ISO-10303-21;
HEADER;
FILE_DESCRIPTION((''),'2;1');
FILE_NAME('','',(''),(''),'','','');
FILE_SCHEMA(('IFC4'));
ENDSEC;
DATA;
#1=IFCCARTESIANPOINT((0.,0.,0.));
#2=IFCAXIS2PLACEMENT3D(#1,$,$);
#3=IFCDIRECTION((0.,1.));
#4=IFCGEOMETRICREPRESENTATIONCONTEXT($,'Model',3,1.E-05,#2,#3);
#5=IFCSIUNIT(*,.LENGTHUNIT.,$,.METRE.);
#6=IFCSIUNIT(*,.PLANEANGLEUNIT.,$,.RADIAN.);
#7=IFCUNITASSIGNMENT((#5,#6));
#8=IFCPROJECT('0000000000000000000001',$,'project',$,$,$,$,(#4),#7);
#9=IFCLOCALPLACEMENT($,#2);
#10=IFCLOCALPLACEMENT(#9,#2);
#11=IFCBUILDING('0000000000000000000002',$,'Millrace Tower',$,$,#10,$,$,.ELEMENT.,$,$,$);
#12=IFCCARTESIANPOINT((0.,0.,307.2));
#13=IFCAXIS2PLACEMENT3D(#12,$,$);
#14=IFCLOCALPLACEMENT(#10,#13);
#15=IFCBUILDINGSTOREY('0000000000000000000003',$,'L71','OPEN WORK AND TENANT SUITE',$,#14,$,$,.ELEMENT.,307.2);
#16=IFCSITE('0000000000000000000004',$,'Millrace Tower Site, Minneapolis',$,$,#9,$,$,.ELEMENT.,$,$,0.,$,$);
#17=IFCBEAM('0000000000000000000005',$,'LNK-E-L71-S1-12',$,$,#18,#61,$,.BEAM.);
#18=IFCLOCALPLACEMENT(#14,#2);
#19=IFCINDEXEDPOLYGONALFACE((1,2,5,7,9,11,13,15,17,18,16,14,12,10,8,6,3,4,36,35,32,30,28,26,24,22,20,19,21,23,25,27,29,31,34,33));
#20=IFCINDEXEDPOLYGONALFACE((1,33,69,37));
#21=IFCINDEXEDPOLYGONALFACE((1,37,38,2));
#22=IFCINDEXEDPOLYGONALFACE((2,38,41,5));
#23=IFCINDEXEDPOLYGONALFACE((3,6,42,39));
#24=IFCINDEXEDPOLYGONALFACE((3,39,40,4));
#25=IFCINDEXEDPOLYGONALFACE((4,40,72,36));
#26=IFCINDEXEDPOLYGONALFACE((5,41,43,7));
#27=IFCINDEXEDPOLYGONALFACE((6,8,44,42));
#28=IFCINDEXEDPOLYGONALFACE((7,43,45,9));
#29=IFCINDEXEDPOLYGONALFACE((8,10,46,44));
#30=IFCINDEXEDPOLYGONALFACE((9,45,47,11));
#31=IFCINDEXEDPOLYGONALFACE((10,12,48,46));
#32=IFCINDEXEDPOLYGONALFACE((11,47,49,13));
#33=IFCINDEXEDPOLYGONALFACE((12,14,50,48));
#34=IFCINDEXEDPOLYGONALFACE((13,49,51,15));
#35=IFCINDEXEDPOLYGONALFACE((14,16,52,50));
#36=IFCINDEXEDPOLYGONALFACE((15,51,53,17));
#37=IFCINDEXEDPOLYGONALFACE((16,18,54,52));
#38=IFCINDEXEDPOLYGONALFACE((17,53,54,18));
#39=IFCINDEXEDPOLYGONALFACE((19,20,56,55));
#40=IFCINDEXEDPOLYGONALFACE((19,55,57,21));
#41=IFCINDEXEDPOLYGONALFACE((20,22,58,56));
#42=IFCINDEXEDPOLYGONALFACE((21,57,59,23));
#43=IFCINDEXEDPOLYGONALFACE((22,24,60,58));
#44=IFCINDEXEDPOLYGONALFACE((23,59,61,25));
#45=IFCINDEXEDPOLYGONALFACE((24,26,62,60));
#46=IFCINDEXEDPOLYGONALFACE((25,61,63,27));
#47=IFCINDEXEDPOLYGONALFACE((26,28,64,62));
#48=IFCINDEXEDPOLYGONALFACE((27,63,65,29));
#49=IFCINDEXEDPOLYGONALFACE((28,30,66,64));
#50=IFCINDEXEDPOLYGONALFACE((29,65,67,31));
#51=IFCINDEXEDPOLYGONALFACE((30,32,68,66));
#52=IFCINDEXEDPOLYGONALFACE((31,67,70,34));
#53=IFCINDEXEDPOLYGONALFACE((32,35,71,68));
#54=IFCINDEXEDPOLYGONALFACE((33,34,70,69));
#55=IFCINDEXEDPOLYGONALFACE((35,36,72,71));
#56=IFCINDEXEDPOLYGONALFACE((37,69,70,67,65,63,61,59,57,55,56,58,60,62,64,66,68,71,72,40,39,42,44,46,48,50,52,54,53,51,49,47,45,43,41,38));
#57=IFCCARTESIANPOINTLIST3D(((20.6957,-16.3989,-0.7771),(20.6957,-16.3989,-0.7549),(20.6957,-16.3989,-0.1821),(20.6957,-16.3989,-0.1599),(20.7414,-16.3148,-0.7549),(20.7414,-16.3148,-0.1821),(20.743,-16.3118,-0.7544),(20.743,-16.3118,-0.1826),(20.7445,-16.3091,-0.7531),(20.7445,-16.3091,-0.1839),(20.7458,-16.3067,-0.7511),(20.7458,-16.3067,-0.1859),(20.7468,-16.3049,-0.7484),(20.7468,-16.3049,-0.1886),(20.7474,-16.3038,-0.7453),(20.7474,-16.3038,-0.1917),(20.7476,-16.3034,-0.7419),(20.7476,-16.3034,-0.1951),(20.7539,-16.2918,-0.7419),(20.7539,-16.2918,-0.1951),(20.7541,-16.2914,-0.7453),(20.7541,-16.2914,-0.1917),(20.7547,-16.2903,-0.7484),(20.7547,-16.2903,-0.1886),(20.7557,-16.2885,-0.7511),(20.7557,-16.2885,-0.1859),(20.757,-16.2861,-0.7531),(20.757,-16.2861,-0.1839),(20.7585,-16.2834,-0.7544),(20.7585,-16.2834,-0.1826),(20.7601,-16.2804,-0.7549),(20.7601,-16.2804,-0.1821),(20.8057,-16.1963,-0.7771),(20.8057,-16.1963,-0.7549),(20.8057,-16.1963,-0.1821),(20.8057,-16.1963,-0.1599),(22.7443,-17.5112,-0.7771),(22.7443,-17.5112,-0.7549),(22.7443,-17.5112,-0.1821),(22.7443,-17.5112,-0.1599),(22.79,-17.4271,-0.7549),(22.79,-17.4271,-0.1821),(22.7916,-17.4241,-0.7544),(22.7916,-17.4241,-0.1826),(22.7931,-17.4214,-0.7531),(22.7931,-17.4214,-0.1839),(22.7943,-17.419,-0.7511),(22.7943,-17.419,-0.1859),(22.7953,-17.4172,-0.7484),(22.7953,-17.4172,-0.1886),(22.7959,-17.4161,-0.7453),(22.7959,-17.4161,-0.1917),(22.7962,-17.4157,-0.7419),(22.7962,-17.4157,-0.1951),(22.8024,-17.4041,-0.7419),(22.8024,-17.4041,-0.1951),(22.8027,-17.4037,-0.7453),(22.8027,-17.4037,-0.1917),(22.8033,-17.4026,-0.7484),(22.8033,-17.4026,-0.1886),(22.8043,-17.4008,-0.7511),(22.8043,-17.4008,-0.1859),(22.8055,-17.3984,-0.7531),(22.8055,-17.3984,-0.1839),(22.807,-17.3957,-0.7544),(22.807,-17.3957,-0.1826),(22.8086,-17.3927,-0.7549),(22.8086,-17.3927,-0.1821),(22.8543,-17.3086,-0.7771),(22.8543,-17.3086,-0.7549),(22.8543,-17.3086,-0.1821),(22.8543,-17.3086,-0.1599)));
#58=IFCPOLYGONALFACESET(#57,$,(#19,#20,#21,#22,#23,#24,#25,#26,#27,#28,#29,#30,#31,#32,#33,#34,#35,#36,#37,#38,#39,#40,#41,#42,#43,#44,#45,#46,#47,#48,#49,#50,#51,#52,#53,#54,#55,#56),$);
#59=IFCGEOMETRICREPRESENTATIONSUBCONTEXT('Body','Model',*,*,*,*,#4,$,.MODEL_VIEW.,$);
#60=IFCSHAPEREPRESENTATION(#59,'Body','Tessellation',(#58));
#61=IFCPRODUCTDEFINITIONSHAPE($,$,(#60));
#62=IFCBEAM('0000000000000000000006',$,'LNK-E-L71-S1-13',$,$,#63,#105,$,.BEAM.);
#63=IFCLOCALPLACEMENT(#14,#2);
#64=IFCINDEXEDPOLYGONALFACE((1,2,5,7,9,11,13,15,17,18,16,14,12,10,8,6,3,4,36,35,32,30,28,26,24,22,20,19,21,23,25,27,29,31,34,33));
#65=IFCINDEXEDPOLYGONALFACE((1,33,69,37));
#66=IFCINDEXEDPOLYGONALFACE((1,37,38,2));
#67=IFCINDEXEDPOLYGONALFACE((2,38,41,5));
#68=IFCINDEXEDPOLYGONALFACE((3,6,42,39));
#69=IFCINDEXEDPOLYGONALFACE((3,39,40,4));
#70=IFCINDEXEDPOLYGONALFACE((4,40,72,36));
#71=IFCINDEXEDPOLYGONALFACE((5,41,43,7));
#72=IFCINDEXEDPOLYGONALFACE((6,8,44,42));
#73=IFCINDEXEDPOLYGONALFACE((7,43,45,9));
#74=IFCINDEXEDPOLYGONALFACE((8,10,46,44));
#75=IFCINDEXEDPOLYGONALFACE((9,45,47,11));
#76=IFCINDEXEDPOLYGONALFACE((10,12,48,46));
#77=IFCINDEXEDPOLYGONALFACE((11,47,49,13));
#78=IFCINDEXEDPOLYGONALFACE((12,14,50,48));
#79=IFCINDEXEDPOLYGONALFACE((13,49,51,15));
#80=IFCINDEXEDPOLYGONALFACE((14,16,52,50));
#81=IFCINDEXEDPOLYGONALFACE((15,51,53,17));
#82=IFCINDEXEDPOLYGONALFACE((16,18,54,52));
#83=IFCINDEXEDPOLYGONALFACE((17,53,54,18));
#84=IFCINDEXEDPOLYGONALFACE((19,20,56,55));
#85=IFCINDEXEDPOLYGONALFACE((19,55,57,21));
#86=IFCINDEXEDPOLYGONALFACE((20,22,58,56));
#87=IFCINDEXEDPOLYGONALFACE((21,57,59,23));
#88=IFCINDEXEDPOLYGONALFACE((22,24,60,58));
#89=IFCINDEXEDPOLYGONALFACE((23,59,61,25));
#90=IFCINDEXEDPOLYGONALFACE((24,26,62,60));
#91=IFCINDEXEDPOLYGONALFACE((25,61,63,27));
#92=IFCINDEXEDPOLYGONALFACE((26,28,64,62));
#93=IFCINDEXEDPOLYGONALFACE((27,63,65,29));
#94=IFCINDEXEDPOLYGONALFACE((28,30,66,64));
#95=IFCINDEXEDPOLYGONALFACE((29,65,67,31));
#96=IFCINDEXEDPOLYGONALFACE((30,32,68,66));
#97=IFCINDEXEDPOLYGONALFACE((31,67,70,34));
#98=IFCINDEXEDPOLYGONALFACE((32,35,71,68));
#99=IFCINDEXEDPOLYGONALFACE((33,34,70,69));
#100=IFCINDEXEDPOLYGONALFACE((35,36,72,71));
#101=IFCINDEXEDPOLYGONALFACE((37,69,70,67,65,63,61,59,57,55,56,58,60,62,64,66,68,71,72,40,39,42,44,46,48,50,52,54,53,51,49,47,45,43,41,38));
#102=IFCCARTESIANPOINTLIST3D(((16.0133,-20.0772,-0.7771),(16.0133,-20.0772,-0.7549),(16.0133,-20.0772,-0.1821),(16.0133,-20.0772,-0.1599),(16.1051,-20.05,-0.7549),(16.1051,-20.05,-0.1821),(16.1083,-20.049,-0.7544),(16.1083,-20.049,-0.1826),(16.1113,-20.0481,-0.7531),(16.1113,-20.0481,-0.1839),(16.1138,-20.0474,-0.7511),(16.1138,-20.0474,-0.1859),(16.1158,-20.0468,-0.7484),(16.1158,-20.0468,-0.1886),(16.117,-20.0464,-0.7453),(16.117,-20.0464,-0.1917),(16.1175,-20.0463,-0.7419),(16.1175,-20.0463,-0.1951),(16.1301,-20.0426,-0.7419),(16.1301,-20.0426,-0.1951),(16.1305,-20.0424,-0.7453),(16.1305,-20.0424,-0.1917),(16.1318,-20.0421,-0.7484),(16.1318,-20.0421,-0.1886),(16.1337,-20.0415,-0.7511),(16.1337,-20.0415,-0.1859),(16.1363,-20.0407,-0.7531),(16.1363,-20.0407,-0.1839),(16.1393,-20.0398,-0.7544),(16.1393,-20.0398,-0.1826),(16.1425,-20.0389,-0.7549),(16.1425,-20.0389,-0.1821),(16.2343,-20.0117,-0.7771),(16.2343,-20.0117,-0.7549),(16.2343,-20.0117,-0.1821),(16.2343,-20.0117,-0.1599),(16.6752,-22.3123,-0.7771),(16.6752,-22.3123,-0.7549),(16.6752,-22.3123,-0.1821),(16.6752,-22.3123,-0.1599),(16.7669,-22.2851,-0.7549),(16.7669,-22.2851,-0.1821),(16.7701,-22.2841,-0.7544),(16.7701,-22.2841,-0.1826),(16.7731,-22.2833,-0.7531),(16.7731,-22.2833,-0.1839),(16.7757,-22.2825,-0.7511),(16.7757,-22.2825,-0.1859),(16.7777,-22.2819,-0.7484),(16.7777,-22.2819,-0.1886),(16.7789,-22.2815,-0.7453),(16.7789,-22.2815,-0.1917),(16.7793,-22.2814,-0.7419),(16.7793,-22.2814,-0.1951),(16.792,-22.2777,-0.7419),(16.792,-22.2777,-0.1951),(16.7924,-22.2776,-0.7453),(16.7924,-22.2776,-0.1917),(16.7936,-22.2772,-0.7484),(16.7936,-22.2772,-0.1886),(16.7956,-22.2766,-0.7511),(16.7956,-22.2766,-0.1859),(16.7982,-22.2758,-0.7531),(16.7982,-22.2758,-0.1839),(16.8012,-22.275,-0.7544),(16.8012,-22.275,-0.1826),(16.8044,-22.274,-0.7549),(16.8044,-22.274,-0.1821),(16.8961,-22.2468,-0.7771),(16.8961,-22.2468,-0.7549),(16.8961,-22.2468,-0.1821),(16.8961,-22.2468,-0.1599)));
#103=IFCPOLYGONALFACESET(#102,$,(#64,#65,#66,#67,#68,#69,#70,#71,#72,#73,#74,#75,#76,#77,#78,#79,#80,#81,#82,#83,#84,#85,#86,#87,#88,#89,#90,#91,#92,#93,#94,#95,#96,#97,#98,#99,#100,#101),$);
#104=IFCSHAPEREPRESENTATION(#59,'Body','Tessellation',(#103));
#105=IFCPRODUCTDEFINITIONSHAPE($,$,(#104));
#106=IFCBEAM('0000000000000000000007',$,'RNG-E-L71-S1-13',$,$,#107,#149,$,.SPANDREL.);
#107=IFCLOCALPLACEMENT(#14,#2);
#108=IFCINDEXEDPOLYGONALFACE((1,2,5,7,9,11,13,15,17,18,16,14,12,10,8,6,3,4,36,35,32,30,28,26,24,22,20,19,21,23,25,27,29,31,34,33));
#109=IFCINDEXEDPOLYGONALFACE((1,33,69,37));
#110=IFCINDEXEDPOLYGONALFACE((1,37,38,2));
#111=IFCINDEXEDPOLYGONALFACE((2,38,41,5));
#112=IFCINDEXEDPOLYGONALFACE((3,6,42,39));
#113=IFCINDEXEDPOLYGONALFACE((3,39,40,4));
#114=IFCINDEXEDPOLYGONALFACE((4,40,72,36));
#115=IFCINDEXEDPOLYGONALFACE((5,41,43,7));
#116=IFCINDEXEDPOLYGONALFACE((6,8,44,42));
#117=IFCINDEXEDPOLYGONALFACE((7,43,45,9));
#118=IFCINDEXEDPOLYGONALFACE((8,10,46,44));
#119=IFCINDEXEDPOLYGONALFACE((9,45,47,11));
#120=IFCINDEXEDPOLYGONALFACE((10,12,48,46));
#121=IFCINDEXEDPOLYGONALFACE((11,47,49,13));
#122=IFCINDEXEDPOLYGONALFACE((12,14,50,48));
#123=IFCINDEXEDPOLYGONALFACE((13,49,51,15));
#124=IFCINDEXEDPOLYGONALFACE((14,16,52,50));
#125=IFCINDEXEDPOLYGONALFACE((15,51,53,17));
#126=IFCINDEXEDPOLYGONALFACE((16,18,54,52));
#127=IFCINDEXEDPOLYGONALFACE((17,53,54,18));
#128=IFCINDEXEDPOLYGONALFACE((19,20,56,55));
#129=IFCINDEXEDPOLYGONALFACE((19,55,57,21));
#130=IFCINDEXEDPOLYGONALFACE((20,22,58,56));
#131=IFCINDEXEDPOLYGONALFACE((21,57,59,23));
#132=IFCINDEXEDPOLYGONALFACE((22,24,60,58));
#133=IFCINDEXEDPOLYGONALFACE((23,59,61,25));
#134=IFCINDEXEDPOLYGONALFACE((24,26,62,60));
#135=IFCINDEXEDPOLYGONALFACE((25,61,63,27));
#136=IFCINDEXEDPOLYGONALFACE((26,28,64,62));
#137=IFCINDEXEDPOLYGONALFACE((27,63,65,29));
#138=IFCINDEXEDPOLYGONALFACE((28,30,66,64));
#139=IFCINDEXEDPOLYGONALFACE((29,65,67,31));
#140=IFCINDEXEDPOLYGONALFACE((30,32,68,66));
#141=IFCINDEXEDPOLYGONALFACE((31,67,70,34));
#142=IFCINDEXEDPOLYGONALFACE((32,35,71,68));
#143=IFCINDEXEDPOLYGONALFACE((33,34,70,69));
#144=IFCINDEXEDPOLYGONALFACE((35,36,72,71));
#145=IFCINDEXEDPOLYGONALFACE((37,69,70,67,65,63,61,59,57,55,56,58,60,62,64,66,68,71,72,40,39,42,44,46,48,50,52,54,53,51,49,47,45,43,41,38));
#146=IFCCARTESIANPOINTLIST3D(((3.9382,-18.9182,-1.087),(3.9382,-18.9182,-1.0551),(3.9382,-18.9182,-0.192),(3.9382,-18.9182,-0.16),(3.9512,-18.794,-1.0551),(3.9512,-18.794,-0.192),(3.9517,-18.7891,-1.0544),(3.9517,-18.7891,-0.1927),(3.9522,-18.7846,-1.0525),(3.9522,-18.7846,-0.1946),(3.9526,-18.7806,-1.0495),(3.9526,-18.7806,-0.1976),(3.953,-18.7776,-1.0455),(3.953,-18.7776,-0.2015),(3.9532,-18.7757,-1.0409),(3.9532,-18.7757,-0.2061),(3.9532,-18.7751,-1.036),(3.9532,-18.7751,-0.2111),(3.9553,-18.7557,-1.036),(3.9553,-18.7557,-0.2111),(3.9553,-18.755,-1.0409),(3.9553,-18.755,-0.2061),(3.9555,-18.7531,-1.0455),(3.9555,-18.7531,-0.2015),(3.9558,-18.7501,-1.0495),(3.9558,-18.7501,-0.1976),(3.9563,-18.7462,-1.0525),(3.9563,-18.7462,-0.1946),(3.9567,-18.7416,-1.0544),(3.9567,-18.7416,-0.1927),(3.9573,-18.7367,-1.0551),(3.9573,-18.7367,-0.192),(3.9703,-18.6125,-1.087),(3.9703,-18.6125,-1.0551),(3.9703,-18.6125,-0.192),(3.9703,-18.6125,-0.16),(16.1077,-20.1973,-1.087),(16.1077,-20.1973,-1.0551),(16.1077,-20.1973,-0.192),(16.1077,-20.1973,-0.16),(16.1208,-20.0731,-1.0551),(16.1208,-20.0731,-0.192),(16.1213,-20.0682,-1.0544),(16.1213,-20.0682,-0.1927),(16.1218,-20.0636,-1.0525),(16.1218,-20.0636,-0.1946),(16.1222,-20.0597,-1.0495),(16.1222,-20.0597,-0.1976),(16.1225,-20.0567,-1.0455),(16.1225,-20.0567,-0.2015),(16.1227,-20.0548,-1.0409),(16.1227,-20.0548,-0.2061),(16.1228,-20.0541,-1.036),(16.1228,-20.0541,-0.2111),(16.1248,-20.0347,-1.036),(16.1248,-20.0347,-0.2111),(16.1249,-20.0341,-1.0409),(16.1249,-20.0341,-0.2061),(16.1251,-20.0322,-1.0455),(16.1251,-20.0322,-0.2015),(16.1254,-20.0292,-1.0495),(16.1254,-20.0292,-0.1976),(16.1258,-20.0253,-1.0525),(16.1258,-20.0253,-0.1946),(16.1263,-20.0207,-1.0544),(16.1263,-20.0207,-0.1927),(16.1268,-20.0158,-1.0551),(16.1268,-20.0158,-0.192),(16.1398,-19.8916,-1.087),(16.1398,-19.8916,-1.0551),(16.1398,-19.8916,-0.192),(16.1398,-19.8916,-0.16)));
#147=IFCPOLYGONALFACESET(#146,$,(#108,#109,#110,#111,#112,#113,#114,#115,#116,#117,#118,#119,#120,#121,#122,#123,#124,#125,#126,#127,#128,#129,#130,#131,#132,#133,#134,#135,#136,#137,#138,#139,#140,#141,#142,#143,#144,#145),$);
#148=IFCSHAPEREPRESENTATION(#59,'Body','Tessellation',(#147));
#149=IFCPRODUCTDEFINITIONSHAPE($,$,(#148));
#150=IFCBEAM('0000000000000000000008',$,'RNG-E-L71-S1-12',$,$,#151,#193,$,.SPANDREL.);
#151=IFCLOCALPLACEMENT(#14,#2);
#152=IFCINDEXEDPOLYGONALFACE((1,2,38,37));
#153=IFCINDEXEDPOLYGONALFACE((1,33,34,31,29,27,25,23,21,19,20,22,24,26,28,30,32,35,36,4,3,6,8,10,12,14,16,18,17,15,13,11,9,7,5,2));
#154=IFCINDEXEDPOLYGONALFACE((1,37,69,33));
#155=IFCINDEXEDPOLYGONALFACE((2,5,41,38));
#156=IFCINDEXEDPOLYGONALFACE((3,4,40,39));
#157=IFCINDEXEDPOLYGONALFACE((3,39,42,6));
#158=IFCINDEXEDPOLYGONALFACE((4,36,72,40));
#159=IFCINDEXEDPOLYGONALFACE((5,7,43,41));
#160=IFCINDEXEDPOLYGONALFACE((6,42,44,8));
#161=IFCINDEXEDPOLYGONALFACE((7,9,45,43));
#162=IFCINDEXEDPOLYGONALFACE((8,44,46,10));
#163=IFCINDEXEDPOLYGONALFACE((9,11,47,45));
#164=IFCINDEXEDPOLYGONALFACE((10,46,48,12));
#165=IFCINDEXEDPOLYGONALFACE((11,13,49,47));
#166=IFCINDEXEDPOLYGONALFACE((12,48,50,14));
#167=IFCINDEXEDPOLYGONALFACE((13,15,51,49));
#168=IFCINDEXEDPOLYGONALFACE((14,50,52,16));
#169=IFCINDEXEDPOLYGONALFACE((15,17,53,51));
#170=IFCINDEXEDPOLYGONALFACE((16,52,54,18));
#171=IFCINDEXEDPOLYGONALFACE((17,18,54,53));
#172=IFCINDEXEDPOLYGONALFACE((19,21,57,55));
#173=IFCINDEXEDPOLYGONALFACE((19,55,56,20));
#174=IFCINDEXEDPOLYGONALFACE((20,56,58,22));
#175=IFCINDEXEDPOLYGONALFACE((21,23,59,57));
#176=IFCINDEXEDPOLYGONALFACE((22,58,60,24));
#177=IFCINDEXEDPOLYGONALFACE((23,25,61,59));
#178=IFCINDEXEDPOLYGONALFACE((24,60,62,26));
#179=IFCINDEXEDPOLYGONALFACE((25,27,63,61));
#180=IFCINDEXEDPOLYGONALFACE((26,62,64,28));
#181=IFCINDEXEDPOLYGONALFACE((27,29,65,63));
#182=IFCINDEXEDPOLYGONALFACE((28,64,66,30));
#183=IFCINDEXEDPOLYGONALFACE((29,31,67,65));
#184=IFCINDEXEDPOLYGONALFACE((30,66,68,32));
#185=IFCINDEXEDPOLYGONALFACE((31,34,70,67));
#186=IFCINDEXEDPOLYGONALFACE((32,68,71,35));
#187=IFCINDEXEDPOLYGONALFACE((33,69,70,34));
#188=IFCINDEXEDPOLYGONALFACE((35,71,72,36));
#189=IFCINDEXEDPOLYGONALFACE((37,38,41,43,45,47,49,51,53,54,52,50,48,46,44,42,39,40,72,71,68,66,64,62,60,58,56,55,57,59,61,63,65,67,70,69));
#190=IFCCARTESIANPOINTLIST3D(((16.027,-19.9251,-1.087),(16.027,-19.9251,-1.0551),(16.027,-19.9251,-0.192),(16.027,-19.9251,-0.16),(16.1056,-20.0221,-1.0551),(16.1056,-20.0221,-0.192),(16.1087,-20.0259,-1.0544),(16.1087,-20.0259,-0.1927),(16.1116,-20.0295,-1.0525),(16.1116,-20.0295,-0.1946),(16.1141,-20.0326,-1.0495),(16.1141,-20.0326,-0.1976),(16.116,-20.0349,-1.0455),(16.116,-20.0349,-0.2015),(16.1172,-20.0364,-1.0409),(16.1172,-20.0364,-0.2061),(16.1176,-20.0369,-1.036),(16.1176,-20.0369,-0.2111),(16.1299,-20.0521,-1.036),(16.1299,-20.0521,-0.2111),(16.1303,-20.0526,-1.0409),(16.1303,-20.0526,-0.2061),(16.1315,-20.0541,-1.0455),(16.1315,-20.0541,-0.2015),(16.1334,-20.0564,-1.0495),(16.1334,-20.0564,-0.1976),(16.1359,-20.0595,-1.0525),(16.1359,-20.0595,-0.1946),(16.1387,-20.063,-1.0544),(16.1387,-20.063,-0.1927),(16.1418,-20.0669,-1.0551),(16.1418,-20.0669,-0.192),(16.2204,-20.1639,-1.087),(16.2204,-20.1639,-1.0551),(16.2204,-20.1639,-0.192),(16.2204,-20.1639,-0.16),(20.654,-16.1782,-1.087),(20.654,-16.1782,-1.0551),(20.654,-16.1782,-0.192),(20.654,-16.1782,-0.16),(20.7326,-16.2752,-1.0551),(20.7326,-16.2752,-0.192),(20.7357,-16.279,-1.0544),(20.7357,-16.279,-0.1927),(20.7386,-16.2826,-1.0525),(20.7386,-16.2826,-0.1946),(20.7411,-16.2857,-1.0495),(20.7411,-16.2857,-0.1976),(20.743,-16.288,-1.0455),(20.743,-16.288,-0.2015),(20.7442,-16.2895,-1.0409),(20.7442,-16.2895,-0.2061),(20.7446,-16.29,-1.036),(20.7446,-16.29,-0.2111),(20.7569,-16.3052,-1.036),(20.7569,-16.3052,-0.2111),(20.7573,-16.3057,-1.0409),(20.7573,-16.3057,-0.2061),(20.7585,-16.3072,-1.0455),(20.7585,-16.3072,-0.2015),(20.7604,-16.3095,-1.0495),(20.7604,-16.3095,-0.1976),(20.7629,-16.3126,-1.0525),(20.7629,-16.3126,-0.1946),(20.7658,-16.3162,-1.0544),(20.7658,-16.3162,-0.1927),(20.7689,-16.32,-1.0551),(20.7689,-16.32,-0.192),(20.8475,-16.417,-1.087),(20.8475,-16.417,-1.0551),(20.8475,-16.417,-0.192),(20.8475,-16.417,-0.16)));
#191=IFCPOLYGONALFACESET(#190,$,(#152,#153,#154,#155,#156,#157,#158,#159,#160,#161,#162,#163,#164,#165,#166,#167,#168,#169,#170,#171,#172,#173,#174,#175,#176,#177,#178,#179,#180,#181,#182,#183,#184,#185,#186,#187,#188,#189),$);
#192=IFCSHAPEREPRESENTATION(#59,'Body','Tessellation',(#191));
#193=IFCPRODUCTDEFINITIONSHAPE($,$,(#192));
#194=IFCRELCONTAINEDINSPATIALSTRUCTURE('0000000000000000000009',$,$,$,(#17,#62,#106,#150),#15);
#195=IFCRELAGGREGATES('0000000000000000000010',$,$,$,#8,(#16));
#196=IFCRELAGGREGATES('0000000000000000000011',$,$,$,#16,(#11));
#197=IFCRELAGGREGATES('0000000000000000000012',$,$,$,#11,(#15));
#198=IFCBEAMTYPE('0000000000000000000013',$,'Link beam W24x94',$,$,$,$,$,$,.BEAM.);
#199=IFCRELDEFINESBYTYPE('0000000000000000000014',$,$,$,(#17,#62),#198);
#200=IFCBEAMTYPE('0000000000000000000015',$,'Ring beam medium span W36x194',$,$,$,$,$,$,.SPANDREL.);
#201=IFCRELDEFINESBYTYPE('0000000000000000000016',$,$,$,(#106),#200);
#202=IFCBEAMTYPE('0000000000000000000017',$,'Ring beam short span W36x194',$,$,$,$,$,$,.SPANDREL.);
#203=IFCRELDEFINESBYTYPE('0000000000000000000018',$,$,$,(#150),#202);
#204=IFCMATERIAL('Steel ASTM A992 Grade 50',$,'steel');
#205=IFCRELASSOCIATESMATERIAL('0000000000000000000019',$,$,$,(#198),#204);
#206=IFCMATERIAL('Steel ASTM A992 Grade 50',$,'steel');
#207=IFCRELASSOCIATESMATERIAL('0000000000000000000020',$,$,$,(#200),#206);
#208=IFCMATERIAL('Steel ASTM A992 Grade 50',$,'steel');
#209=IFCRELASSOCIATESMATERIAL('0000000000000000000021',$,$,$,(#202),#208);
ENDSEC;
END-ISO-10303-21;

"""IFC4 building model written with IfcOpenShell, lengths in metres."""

from ifc_helpers import new_model, si_unit, direction, frame, origin, origin_2d, place, context, subcontext, project, spatial, i_section, extrude, material, material_profile, profile_set, type_object, element, save


model = new_model("IFC4")

# Units and contexts
model_context = context("Model", 3, precision=1e-05, world=origin(), true_north=direction((0.0, 1.0)))
body_context = subcontext(model_context, "Body", "Model", "MODEL_VIEW")
ifc_project = project(units=[si_unit("LENGTHUNIT", "METRE"), si_unit("PLANEANGLEUNIT", "RADIAN")], contexts=[model_context])

# Site, building, storey
site_placement = place(None, origin())
site = spatial("IfcSite", under=ifc_project, at=site_placement, Name="Millrace Tower Site, Minneapolis", CompositionType="ELEMENT", RefElevation=0.0)
building_placement = place(site_placement, origin())
building = spatial("IfcBuilding", under=site, at=building_placement, Name="Millrace Tower", CompositionType="ELEMENT")
storey_placement = place(building_placement, frame((0.0, 0.0, 307.2)))
storey = spatial("IfcBuildingStorey", under=building, at=storey_placement, Name="L71", Description="OPEN WORK AND TENANT SUITE", CompositionType="ELEMENT", Elevation=307.2)

# Beams
ifc_material_1 = material(Name="Steel ASTM A992 Grade 50", Category="steel")
ifc_material_profile_1 = material_profile(ifc_material_1, i_section(OverallWidth=0.2305, OverallDepth=0.6172, WebThickness=0.0132, FlangeThickness=0.0222, FilletRadius=0.0129, at=origin_2d()))
ifc_profile_set_1 = profile_set([ifc_material_profile_1], Name="Steel ASTM A992 Grade 50")
beam_type_1 = type_object("IfcBeamType", Name="Link beam W24x94", PredefinedType="BEAM", material=ifc_profile_set_1)
for number, where, z_axis, x_axis, name in (
    (1, (20.7507, -16.2976, -0.4685), (0.878815, -0.477164, 0.0), (0.477164, 0.878815, 0.0), "LNK-E-L71-S1-12"),
    (2, (16.1238, -20.0444, -0.4685), (0.283935, -0.958844, 0.0), (0.958844, 0.283935, 0.0), "LNK-E-L71-S1-13"),
):
    element("IfcBeam", number, at=place(storey_placement, frame(where, z_axis=z_axis, x_axis=x_axis)), inside=storey, type_object=beam_type_1, Name=name, PredefinedType="BEAM", context=body_context, shape_type="SweptSolid", body=[
        extrude(i_section(OverallWidth=0.2305, OverallDepth=0.6172, WebThickness=0.0132, FlangeThickness=0.0222, FilletRadius=0.0129, at=origin_2d()), origin(), (0.0, 0.0, 1.0), 2.3311),
    ])
ifc_material_2 = material(Name="Steel ASTM A992 Grade 50", Category="steel")
ifc_material_profile_2 = material_profile(ifc_material_2, i_section(OverallWidth=0.3074, OverallDepth=0.927, WebThickness=0.0195, FlangeThickness=0.032, FilletRadius=0.019, at=origin_2d()))
ifc_profile_set_2 = profile_set([ifc_material_profile_2], Name="Steel ASTM A992 Grade 50")
beam_type_2 = type_object("IfcBeamType", Name="Ring beam medium span W36x194", PredefinedType="SPANDREL", material=ifc_profile_set_2)
beam_1_placement = place(storey_placement, frame((16.1238, -20.0444, -0.6235), z_axis=(-0.994522, 0.104528, 0.0), x_axis=(-0.104528, -0.994522, 0.0)))
element("IfcBeam", 3, at=beam_1_placement, inside=storey, type_object=beam_type_2, Name="RNG-E-L71-S1-13", PredefinedType="SPANDREL", context=body_context, shape_type="SweptSolid", body=[
    extrude(i_section(OverallWidth=0.3074, OverallDepth=0.927, WebThickness=0.0195, FlangeThickness=0.032, FilletRadius=0.019, at=origin_2d()), origin(), (0.0, 0.0, 1.0), 12.2366),
])
ifc_material_3 = material(Name="Steel ASTM A992 Grade 50", Category="steel")
ifc_material_profile_3 = material_profile(ifc_material_3, i_section(OverallWidth=0.3074, OverallDepth=0.927, WebThickness=0.0195, FlangeThickness=0.032, FilletRadius=0.019, at=origin_2d()))
ifc_profile_set_3 = profile_set([ifc_material_profile_3], Name="Steel ASTM A992 Grade 50")
beam_type_3 = type_object("IfcBeamType", Name="Ring beam short span W36x194", PredefinedType="SPANDREL", material=ifc_profile_set_3)
beam_2_placement = place(storey_placement, frame((20.7507, -16.2976, -0.6235), z_axis=(-0.777147, -0.62932, 0.0), x_axis=(0.62932, -0.777147, 0.0)))
element("IfcBeam", 4, at=beam_2_placement, inside=storey, type_object=beam_type_3, Name="RNG-E-L71-S1-12", PredefinedType="SPANDREL", context=body_context, shape_type="SweptSolid", body=[
    extrude(i_section(OverallWidth=0.3074, OverallDepth=0.927, WebThickness=0.0195, FlangeThickness=0.032, FilletRadius=0.019, at=origin_2d()), origin(), (0.0, 0.0, 1.0), 5.9539),
])

save(model, "model.ifc")
